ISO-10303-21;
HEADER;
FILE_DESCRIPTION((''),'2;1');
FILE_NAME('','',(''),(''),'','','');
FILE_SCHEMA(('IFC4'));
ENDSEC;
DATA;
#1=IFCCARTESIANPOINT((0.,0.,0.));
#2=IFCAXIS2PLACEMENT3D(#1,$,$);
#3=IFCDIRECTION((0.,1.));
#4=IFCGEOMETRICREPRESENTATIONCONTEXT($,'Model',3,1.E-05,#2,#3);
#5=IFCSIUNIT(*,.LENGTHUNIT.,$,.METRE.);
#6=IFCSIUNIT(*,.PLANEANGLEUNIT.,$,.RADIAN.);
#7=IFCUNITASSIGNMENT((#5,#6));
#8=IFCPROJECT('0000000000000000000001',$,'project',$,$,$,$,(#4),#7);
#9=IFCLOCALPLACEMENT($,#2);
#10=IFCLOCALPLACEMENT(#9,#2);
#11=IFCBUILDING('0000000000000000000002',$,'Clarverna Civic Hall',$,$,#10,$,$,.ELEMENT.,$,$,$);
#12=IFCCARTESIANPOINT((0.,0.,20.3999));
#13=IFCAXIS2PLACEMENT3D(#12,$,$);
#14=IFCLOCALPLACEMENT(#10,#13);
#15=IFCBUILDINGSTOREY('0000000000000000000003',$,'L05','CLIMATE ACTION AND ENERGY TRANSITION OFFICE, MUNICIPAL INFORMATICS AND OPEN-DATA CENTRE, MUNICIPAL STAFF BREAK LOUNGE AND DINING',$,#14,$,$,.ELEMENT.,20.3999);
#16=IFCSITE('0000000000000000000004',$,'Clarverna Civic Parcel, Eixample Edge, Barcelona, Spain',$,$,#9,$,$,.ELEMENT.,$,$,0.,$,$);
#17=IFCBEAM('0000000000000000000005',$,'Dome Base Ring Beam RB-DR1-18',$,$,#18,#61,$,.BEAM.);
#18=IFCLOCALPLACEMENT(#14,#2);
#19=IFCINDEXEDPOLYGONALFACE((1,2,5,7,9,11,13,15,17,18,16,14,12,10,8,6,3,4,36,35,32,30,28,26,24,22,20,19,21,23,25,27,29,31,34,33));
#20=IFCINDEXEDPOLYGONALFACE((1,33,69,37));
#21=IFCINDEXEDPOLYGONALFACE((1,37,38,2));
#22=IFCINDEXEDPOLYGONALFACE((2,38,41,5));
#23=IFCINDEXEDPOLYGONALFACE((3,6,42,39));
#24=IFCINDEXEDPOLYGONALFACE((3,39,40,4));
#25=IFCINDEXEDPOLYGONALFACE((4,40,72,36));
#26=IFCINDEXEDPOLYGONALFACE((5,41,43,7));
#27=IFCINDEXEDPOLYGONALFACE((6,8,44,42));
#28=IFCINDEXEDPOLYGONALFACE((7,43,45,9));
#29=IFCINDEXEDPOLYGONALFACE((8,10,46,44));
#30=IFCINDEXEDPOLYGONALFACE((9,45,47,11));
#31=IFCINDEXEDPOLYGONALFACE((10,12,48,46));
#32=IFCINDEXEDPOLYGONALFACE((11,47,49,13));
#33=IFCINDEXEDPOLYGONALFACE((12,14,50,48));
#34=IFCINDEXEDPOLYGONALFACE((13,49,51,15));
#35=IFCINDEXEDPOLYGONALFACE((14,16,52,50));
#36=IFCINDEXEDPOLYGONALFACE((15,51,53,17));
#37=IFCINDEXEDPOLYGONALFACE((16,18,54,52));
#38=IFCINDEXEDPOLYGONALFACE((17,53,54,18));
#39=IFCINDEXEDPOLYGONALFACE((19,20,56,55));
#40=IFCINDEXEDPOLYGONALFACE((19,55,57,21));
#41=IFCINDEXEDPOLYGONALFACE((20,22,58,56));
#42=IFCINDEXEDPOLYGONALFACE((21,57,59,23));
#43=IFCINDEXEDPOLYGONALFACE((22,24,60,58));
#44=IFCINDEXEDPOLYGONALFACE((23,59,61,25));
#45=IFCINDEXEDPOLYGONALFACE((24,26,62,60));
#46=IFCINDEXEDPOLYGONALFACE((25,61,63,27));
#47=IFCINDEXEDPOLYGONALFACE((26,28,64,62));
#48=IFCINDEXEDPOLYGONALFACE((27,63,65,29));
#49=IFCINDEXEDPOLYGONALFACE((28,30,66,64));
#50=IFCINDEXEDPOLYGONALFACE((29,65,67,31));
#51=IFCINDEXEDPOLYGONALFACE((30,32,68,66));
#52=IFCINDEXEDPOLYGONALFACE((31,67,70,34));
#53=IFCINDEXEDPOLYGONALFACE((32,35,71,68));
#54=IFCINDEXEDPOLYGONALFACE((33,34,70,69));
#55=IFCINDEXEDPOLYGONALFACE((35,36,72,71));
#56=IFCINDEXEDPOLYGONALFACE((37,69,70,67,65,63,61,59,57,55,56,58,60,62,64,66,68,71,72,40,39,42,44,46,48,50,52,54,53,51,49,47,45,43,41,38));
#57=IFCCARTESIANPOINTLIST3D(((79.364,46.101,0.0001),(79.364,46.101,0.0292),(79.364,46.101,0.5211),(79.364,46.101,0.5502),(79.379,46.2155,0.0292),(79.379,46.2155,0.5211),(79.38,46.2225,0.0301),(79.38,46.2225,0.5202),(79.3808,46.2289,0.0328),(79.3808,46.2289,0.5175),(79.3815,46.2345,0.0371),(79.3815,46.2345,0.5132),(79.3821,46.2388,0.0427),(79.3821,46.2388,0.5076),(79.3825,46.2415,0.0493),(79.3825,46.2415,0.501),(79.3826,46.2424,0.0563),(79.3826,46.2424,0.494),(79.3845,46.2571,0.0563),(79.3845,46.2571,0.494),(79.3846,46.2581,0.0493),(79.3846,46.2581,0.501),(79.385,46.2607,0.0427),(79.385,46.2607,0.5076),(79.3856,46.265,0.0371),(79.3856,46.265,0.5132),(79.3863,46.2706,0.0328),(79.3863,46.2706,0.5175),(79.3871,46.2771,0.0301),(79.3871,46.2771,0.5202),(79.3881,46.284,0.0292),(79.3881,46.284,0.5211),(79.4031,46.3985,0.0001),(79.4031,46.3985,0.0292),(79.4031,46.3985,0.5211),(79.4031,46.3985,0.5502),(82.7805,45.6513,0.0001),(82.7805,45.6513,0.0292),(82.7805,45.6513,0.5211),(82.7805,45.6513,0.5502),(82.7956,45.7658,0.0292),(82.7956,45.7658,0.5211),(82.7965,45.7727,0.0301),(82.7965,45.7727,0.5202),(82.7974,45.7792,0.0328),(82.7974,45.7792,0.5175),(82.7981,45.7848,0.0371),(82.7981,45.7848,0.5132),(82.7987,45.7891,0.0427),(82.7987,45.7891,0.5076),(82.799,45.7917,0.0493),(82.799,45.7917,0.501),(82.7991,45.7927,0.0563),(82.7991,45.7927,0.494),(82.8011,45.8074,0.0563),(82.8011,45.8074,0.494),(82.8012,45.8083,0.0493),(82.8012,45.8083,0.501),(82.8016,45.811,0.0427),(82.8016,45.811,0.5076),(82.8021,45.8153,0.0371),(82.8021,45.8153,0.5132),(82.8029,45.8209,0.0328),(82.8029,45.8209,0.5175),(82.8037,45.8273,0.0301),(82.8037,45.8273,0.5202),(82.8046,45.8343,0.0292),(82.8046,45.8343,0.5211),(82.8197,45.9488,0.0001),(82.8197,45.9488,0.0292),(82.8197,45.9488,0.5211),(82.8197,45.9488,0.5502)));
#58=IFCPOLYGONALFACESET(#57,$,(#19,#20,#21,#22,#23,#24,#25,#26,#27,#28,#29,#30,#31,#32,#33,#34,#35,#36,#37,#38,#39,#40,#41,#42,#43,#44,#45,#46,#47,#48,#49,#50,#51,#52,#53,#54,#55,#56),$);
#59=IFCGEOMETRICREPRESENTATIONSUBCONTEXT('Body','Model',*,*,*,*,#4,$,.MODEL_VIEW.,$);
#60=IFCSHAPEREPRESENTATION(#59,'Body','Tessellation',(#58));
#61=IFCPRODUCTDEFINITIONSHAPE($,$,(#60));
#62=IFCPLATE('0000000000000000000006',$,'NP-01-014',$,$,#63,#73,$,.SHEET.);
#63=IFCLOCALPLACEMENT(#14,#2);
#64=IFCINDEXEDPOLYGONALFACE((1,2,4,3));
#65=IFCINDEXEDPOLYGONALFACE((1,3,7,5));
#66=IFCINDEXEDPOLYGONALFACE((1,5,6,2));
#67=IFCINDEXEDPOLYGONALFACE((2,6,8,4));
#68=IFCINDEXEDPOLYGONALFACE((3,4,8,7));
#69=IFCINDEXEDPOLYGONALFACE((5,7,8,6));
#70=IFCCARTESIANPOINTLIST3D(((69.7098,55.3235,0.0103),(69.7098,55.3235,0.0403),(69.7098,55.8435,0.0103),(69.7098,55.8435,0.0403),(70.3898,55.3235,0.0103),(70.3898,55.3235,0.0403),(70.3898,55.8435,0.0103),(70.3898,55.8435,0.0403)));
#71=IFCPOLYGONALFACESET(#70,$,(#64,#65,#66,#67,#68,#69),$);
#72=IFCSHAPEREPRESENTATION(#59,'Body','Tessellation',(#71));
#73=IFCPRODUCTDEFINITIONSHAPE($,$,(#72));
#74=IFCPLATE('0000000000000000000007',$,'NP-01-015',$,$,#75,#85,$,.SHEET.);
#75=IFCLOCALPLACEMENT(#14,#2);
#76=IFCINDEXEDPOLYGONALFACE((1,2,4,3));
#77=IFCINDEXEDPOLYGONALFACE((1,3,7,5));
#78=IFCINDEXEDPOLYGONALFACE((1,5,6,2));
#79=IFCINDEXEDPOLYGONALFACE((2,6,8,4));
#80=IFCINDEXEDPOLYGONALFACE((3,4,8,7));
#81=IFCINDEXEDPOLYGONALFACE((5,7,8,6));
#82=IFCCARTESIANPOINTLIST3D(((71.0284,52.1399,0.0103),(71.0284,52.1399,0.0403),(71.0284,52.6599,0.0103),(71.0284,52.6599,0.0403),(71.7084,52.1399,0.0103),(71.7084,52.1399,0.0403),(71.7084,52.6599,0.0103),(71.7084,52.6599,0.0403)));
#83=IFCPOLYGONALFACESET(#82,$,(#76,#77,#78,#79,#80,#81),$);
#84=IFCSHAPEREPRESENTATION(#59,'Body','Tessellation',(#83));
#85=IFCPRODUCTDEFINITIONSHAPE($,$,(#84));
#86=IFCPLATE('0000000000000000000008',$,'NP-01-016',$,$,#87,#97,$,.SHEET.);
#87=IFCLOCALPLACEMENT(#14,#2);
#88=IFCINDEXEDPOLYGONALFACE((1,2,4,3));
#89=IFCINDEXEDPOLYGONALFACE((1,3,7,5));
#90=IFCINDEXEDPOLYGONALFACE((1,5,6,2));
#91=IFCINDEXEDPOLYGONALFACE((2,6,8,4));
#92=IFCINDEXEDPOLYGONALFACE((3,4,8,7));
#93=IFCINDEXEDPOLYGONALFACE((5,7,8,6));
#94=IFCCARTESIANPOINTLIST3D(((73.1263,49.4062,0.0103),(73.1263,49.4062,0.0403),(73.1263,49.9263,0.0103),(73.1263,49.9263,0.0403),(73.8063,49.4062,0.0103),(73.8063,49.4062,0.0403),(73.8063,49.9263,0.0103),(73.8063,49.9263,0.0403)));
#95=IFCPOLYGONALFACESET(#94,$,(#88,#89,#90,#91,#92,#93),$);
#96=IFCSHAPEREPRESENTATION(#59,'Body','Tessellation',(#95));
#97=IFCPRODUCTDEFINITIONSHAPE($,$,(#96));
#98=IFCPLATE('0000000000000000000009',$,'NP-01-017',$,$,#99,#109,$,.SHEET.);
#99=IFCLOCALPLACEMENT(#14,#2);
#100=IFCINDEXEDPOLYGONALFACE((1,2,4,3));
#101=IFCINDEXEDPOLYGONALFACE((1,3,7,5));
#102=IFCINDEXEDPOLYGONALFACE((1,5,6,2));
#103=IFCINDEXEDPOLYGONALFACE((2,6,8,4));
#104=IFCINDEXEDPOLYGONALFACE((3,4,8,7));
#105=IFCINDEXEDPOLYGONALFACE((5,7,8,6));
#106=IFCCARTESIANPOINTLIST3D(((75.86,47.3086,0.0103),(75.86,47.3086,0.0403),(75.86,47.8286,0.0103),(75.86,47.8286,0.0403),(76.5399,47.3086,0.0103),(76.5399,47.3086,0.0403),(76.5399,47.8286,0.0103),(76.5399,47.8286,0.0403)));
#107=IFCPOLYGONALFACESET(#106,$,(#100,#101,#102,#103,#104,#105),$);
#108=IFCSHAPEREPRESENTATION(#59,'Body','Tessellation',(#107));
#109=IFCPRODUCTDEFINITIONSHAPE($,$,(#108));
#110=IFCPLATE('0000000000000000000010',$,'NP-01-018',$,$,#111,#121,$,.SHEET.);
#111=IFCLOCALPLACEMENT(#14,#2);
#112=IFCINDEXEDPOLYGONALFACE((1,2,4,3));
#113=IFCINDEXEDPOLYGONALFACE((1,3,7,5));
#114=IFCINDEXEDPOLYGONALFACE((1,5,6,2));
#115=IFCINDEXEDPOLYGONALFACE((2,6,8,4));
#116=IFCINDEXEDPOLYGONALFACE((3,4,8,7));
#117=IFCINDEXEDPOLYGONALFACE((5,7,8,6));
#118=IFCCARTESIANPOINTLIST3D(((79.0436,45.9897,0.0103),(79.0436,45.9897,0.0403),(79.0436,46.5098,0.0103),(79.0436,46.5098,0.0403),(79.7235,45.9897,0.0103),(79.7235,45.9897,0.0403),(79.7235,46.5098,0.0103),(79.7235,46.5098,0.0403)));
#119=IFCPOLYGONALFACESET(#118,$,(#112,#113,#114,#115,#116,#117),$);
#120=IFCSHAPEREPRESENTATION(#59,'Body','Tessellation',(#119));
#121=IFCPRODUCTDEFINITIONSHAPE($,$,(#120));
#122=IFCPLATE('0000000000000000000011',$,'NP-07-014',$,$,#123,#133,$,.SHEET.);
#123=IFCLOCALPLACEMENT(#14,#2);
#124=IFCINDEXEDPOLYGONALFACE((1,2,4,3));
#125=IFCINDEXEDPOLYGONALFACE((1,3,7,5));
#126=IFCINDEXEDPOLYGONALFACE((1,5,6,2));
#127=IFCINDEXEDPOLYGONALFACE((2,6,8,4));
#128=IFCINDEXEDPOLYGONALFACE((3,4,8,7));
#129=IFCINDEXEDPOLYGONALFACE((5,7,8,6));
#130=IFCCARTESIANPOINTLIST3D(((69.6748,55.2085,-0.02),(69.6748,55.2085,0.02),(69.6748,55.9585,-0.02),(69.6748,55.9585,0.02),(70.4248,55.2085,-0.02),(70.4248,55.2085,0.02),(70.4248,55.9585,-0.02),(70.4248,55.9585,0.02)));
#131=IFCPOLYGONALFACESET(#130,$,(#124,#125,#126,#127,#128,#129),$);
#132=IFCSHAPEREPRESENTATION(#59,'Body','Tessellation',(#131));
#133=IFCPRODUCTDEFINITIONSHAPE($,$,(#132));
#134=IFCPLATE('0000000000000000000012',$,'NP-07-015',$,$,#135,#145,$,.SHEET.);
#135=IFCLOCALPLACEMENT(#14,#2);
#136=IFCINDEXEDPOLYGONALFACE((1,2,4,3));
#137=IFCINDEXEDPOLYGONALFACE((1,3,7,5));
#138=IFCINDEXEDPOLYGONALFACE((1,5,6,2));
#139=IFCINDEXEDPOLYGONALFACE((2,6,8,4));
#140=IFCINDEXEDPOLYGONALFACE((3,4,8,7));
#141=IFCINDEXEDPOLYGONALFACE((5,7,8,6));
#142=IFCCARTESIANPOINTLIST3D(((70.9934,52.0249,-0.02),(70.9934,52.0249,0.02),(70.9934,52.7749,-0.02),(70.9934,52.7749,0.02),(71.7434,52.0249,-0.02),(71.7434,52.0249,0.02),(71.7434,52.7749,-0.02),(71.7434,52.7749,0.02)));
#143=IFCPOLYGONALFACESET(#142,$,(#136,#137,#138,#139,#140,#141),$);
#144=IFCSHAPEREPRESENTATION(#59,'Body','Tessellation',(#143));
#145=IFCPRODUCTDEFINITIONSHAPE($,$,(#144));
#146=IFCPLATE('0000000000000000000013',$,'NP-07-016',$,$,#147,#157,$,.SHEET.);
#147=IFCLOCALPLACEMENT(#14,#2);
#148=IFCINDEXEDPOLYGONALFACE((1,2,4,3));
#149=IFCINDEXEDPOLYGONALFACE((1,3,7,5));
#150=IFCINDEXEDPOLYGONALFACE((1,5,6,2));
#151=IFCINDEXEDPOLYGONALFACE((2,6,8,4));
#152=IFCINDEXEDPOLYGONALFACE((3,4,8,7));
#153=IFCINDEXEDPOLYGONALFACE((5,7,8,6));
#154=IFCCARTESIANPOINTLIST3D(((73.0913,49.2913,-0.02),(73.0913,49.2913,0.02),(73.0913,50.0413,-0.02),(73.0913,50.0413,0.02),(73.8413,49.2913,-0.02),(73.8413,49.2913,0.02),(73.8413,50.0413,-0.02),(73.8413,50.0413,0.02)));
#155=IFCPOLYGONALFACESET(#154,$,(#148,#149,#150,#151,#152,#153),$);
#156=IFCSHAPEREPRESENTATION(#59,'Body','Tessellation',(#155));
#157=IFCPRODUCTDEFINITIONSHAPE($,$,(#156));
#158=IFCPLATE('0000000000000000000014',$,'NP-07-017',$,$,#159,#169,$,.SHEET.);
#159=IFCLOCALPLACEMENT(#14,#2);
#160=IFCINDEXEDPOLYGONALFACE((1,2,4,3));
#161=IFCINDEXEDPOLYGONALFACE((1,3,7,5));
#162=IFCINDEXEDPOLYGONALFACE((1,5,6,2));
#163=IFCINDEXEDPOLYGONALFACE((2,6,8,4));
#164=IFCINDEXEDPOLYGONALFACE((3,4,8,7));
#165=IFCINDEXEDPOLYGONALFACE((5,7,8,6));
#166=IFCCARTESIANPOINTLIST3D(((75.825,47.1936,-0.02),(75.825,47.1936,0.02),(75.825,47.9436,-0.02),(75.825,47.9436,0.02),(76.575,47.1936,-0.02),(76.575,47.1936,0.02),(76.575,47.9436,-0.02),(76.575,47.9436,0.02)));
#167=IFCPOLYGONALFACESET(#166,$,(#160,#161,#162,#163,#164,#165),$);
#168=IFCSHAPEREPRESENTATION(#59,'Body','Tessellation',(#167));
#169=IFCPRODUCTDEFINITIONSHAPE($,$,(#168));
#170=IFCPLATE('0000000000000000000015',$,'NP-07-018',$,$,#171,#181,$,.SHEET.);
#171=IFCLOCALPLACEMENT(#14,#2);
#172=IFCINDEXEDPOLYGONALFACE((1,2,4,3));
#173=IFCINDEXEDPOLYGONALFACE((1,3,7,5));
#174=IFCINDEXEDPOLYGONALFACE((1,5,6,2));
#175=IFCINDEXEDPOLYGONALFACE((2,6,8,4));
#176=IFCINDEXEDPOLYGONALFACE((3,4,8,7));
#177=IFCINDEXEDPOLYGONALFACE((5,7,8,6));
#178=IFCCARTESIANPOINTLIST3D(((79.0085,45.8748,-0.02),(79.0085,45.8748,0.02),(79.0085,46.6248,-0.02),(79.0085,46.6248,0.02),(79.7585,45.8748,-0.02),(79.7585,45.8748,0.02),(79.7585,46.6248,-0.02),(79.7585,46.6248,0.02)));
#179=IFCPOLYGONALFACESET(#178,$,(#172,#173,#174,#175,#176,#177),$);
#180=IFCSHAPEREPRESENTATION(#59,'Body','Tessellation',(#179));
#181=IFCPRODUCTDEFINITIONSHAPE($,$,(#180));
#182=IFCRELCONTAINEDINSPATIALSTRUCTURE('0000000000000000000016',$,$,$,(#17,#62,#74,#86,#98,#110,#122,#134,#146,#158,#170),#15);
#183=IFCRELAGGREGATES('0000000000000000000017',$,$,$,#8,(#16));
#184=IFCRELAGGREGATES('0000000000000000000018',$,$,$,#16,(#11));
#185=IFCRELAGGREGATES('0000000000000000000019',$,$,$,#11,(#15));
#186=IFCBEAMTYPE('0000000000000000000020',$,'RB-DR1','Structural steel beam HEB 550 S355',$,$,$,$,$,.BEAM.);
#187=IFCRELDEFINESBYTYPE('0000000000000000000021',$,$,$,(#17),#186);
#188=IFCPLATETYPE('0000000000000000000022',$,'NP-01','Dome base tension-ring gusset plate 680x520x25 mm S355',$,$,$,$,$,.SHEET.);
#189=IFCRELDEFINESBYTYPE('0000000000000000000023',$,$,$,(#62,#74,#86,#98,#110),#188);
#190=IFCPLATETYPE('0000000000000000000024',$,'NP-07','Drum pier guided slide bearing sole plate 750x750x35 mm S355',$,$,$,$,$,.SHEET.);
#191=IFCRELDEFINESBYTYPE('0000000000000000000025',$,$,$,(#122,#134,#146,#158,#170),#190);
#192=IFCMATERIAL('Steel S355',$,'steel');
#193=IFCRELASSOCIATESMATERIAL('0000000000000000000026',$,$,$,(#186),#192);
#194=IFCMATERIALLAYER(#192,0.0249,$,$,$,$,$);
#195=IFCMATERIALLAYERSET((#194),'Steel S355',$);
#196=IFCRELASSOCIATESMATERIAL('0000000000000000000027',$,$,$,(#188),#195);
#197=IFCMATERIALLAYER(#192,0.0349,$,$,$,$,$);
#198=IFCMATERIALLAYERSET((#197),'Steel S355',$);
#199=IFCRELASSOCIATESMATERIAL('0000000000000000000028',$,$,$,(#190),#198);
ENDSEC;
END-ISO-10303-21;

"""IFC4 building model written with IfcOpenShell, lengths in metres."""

from ifc_helpers import new_model, si_unit, direction, frame, origin, origin_2d, place, context, subcontext, project, spatial, rectangle, i_section, extrude, material, layer, layer_set, material_profile, profile_set, type_object, element, save


model = new_model("IFC4")

# Units and contexts
model_context = context("Model", 3, precision=1e-05, world=origin(), true_north=direction((0.0, 1.0)))
body_context = subcontext(model_context, "Body", "Model", "MODEL_VIEW")
ifc_project = project(units=[si_unit("LENGTHUNIT", "METRE"), si_unit("PLANEANGLEUNIT", "RADIAN")], contexts=[model_context])

# Site, building, storey
site_placement = place(None, origin())
site = spatial("IfcSite", under=ifc_project, at=site_placement, Name="Clarverna Civic Parcel, Eixample Edge, Barcelona, Spain", CompositionType="ELEMENT", RefElevation=0.0)
building_placement = place(site_placement, origin())
building = spatial("IfcBuilding", under=site, at=building_placement, Name="Clarverna Civic Hall", CompositionType="ELEMENT")
storey_placement = place(building_placement, frame((0.0, 0.0, 20.3999)))
storey = spatial("IfcBuildingStorey", under=building, at=storey_placement, Name="L05", Description="CLIMATE ACTION AND ENERGY TRANSITION OFFICE, MUNICIPAL INFORMATICS AND OPEN-DATA CENTRE, MUNICIPAL STAFF BREAK LOUNGE AND DINING", CompositionType="ELEMENT", Elevation=20.3999)

# Beam
ifc_material_1 = material(Name="Steel S355", Category="steel")
ifc_material_profile = material_profile(ifc_material_1, i_section(OverallWidth=0.3, OverallDepth=0.55, WebThickness=0.0149, FlangeThickness=0.0291, FilletRadius=0.0271, at=origin_2d()), Name="HEB 550")
ifc_profile_set = profile_set([ifc_material_profile], Name="Steel S355")
beam_type = type_object("IfcBeamType", Name="RB-DR1", Description="Structural steel beam HEB 550 S355", PredefinedType="BEAM", material=ifc_profile_set)
for number, where, z_axis, x_axis, name in (
    (1, (79.3835, 46.2498, 0.2751), (0.991448, -0.130502, 0.0), (0.130502, 0.991448, 0.0), "Dome Base Ring Beam RB-DR1-18"),
):
    element("IfcBeam", number, at=place(storey_placement, frame(where, z_axis=z_axis, x_axis=x_axis)), inside=storey, type_object=beam_type, Name=name, PredefinedType="BEAM", context=body_context, shape_type="SweptSolid", body=[
        extrude(i_section(OverallWidth=0.3, OverallDepth=0.55, WebThickness=0.0149, FlangeThickness=0.0291, FilletRadius=0.0271, at=origin_2d()), origin(), (0.0, 0.0, 1.0), 3.446),
    ])

# Plates
ifc_layer_1 = layer(ifc_material_1, 0.0249)
ifc_layer_set_1 = layer_set([ifc_layer_1], Name="Steel S355")
plate_type_1 = type_object("IfcPlateType", Name="NP-01", Description="Dome base tension-ring gusset plate 680x520x25 mm S355", PredefinedType="SHEET", material=ifc_layer_set_1)
for number, where, z_axis, x_axis, name in (
    (2, (70.0498, 55.5835, 0.0103), (0.0, 0.0, 1.0), (1.0, 0.0, 0.0), "NP-01-014"),
    (3, (71.3684, 52.3999, 0.0103), (0.0, 0.0, 1.0), (1.0, 0.0, 0.0), "NP-01-015"),
    (4, (73.4663, 49.6663, 0.0103), (0.0, 0.0, 1.0), (1.0, 0.0, 0.0), "NP-01-016"),
    (5, (76.2, 47.5686, 0.0103), (0.0, 0.0, 1.0), (1.0, 0.0, 0.0), "NP-01-017"),
    (6, (79.3835, 46.2498, 0.0103), (0.0, 0.0, 1.0), (1.0, 0.0, 0.0), "NP-01-018"),
):
    element("IfcPlate", number, at=place(storey_placement, frame(where, z_axis=z_axis, x_axis=x_axis)), inside=storey, type_object=plate_type_1, Name=name, PredefinedType="SHEET", context=body_context, shape_type="SweptSolid", body=[
        extrude(rectangle(XDim=0.6799, YDim=0.52, at=origin_2d()), origin(), (0.0, 0.0, 1.0), 0.03),
    ])
ifc_layer_2 = layer(ifc_material_1, 0.0349)
ifc_layer_set_2 = layer_set([ifc_layer_2], Name="Steel S355")
plate_type_2 = type_object("IfcPlateType", Name="NP-07", Description="Drum pier guided slide bearing sole plate 750x750x35 mm S355", PredefinedType="SHEET", material=ifc_layer_set_2)
for number, where, z_axis, x_axis, name in (
    (7, (70.0498, 55.5835, -0.02), (0.0, 0.0, 1.0), (1.0, 0.0, 0.0), "NP-07-014"),
    (8, (71.3684, 52.3999, -0.02), (0.0, 0.0, 1.0), (1.0, 0.0, 0.0), "NP-07-015"),
    (9, (73.4663, 49.6663, -0.02), (0.0, 0.0, 1.0), (1.0, 0.0, 0.0), "NP-07-016"),
    (10, (76.2, 47.5686, -0.02), (0.0, 0.0, 1.0), (1.0, 0.0, 0.0), "NP-07-017"),
    (11, (79.3835, 46.2498, -0.02), (0.0, 0.0, 1.0), (1.0, 0.0, 0.0), "NP-07-018"),
):
    element("IfcPlate", number, at=place(storey_placement, frame(where, z_axis=z_axis, x_axis=x_axis)), inside=storey, type_object=plate_type_2, Name=name, PredefinedType="SHEET", context=body_context, shape_type="SweptSolid", body=[
        extrude(rectangle(XDim=0.75, YDim=0.75, at=origin_2d()), origin(), (0.0, 0.0, 1.0), 0.04),
    ])

save(model, "model.ifc")
